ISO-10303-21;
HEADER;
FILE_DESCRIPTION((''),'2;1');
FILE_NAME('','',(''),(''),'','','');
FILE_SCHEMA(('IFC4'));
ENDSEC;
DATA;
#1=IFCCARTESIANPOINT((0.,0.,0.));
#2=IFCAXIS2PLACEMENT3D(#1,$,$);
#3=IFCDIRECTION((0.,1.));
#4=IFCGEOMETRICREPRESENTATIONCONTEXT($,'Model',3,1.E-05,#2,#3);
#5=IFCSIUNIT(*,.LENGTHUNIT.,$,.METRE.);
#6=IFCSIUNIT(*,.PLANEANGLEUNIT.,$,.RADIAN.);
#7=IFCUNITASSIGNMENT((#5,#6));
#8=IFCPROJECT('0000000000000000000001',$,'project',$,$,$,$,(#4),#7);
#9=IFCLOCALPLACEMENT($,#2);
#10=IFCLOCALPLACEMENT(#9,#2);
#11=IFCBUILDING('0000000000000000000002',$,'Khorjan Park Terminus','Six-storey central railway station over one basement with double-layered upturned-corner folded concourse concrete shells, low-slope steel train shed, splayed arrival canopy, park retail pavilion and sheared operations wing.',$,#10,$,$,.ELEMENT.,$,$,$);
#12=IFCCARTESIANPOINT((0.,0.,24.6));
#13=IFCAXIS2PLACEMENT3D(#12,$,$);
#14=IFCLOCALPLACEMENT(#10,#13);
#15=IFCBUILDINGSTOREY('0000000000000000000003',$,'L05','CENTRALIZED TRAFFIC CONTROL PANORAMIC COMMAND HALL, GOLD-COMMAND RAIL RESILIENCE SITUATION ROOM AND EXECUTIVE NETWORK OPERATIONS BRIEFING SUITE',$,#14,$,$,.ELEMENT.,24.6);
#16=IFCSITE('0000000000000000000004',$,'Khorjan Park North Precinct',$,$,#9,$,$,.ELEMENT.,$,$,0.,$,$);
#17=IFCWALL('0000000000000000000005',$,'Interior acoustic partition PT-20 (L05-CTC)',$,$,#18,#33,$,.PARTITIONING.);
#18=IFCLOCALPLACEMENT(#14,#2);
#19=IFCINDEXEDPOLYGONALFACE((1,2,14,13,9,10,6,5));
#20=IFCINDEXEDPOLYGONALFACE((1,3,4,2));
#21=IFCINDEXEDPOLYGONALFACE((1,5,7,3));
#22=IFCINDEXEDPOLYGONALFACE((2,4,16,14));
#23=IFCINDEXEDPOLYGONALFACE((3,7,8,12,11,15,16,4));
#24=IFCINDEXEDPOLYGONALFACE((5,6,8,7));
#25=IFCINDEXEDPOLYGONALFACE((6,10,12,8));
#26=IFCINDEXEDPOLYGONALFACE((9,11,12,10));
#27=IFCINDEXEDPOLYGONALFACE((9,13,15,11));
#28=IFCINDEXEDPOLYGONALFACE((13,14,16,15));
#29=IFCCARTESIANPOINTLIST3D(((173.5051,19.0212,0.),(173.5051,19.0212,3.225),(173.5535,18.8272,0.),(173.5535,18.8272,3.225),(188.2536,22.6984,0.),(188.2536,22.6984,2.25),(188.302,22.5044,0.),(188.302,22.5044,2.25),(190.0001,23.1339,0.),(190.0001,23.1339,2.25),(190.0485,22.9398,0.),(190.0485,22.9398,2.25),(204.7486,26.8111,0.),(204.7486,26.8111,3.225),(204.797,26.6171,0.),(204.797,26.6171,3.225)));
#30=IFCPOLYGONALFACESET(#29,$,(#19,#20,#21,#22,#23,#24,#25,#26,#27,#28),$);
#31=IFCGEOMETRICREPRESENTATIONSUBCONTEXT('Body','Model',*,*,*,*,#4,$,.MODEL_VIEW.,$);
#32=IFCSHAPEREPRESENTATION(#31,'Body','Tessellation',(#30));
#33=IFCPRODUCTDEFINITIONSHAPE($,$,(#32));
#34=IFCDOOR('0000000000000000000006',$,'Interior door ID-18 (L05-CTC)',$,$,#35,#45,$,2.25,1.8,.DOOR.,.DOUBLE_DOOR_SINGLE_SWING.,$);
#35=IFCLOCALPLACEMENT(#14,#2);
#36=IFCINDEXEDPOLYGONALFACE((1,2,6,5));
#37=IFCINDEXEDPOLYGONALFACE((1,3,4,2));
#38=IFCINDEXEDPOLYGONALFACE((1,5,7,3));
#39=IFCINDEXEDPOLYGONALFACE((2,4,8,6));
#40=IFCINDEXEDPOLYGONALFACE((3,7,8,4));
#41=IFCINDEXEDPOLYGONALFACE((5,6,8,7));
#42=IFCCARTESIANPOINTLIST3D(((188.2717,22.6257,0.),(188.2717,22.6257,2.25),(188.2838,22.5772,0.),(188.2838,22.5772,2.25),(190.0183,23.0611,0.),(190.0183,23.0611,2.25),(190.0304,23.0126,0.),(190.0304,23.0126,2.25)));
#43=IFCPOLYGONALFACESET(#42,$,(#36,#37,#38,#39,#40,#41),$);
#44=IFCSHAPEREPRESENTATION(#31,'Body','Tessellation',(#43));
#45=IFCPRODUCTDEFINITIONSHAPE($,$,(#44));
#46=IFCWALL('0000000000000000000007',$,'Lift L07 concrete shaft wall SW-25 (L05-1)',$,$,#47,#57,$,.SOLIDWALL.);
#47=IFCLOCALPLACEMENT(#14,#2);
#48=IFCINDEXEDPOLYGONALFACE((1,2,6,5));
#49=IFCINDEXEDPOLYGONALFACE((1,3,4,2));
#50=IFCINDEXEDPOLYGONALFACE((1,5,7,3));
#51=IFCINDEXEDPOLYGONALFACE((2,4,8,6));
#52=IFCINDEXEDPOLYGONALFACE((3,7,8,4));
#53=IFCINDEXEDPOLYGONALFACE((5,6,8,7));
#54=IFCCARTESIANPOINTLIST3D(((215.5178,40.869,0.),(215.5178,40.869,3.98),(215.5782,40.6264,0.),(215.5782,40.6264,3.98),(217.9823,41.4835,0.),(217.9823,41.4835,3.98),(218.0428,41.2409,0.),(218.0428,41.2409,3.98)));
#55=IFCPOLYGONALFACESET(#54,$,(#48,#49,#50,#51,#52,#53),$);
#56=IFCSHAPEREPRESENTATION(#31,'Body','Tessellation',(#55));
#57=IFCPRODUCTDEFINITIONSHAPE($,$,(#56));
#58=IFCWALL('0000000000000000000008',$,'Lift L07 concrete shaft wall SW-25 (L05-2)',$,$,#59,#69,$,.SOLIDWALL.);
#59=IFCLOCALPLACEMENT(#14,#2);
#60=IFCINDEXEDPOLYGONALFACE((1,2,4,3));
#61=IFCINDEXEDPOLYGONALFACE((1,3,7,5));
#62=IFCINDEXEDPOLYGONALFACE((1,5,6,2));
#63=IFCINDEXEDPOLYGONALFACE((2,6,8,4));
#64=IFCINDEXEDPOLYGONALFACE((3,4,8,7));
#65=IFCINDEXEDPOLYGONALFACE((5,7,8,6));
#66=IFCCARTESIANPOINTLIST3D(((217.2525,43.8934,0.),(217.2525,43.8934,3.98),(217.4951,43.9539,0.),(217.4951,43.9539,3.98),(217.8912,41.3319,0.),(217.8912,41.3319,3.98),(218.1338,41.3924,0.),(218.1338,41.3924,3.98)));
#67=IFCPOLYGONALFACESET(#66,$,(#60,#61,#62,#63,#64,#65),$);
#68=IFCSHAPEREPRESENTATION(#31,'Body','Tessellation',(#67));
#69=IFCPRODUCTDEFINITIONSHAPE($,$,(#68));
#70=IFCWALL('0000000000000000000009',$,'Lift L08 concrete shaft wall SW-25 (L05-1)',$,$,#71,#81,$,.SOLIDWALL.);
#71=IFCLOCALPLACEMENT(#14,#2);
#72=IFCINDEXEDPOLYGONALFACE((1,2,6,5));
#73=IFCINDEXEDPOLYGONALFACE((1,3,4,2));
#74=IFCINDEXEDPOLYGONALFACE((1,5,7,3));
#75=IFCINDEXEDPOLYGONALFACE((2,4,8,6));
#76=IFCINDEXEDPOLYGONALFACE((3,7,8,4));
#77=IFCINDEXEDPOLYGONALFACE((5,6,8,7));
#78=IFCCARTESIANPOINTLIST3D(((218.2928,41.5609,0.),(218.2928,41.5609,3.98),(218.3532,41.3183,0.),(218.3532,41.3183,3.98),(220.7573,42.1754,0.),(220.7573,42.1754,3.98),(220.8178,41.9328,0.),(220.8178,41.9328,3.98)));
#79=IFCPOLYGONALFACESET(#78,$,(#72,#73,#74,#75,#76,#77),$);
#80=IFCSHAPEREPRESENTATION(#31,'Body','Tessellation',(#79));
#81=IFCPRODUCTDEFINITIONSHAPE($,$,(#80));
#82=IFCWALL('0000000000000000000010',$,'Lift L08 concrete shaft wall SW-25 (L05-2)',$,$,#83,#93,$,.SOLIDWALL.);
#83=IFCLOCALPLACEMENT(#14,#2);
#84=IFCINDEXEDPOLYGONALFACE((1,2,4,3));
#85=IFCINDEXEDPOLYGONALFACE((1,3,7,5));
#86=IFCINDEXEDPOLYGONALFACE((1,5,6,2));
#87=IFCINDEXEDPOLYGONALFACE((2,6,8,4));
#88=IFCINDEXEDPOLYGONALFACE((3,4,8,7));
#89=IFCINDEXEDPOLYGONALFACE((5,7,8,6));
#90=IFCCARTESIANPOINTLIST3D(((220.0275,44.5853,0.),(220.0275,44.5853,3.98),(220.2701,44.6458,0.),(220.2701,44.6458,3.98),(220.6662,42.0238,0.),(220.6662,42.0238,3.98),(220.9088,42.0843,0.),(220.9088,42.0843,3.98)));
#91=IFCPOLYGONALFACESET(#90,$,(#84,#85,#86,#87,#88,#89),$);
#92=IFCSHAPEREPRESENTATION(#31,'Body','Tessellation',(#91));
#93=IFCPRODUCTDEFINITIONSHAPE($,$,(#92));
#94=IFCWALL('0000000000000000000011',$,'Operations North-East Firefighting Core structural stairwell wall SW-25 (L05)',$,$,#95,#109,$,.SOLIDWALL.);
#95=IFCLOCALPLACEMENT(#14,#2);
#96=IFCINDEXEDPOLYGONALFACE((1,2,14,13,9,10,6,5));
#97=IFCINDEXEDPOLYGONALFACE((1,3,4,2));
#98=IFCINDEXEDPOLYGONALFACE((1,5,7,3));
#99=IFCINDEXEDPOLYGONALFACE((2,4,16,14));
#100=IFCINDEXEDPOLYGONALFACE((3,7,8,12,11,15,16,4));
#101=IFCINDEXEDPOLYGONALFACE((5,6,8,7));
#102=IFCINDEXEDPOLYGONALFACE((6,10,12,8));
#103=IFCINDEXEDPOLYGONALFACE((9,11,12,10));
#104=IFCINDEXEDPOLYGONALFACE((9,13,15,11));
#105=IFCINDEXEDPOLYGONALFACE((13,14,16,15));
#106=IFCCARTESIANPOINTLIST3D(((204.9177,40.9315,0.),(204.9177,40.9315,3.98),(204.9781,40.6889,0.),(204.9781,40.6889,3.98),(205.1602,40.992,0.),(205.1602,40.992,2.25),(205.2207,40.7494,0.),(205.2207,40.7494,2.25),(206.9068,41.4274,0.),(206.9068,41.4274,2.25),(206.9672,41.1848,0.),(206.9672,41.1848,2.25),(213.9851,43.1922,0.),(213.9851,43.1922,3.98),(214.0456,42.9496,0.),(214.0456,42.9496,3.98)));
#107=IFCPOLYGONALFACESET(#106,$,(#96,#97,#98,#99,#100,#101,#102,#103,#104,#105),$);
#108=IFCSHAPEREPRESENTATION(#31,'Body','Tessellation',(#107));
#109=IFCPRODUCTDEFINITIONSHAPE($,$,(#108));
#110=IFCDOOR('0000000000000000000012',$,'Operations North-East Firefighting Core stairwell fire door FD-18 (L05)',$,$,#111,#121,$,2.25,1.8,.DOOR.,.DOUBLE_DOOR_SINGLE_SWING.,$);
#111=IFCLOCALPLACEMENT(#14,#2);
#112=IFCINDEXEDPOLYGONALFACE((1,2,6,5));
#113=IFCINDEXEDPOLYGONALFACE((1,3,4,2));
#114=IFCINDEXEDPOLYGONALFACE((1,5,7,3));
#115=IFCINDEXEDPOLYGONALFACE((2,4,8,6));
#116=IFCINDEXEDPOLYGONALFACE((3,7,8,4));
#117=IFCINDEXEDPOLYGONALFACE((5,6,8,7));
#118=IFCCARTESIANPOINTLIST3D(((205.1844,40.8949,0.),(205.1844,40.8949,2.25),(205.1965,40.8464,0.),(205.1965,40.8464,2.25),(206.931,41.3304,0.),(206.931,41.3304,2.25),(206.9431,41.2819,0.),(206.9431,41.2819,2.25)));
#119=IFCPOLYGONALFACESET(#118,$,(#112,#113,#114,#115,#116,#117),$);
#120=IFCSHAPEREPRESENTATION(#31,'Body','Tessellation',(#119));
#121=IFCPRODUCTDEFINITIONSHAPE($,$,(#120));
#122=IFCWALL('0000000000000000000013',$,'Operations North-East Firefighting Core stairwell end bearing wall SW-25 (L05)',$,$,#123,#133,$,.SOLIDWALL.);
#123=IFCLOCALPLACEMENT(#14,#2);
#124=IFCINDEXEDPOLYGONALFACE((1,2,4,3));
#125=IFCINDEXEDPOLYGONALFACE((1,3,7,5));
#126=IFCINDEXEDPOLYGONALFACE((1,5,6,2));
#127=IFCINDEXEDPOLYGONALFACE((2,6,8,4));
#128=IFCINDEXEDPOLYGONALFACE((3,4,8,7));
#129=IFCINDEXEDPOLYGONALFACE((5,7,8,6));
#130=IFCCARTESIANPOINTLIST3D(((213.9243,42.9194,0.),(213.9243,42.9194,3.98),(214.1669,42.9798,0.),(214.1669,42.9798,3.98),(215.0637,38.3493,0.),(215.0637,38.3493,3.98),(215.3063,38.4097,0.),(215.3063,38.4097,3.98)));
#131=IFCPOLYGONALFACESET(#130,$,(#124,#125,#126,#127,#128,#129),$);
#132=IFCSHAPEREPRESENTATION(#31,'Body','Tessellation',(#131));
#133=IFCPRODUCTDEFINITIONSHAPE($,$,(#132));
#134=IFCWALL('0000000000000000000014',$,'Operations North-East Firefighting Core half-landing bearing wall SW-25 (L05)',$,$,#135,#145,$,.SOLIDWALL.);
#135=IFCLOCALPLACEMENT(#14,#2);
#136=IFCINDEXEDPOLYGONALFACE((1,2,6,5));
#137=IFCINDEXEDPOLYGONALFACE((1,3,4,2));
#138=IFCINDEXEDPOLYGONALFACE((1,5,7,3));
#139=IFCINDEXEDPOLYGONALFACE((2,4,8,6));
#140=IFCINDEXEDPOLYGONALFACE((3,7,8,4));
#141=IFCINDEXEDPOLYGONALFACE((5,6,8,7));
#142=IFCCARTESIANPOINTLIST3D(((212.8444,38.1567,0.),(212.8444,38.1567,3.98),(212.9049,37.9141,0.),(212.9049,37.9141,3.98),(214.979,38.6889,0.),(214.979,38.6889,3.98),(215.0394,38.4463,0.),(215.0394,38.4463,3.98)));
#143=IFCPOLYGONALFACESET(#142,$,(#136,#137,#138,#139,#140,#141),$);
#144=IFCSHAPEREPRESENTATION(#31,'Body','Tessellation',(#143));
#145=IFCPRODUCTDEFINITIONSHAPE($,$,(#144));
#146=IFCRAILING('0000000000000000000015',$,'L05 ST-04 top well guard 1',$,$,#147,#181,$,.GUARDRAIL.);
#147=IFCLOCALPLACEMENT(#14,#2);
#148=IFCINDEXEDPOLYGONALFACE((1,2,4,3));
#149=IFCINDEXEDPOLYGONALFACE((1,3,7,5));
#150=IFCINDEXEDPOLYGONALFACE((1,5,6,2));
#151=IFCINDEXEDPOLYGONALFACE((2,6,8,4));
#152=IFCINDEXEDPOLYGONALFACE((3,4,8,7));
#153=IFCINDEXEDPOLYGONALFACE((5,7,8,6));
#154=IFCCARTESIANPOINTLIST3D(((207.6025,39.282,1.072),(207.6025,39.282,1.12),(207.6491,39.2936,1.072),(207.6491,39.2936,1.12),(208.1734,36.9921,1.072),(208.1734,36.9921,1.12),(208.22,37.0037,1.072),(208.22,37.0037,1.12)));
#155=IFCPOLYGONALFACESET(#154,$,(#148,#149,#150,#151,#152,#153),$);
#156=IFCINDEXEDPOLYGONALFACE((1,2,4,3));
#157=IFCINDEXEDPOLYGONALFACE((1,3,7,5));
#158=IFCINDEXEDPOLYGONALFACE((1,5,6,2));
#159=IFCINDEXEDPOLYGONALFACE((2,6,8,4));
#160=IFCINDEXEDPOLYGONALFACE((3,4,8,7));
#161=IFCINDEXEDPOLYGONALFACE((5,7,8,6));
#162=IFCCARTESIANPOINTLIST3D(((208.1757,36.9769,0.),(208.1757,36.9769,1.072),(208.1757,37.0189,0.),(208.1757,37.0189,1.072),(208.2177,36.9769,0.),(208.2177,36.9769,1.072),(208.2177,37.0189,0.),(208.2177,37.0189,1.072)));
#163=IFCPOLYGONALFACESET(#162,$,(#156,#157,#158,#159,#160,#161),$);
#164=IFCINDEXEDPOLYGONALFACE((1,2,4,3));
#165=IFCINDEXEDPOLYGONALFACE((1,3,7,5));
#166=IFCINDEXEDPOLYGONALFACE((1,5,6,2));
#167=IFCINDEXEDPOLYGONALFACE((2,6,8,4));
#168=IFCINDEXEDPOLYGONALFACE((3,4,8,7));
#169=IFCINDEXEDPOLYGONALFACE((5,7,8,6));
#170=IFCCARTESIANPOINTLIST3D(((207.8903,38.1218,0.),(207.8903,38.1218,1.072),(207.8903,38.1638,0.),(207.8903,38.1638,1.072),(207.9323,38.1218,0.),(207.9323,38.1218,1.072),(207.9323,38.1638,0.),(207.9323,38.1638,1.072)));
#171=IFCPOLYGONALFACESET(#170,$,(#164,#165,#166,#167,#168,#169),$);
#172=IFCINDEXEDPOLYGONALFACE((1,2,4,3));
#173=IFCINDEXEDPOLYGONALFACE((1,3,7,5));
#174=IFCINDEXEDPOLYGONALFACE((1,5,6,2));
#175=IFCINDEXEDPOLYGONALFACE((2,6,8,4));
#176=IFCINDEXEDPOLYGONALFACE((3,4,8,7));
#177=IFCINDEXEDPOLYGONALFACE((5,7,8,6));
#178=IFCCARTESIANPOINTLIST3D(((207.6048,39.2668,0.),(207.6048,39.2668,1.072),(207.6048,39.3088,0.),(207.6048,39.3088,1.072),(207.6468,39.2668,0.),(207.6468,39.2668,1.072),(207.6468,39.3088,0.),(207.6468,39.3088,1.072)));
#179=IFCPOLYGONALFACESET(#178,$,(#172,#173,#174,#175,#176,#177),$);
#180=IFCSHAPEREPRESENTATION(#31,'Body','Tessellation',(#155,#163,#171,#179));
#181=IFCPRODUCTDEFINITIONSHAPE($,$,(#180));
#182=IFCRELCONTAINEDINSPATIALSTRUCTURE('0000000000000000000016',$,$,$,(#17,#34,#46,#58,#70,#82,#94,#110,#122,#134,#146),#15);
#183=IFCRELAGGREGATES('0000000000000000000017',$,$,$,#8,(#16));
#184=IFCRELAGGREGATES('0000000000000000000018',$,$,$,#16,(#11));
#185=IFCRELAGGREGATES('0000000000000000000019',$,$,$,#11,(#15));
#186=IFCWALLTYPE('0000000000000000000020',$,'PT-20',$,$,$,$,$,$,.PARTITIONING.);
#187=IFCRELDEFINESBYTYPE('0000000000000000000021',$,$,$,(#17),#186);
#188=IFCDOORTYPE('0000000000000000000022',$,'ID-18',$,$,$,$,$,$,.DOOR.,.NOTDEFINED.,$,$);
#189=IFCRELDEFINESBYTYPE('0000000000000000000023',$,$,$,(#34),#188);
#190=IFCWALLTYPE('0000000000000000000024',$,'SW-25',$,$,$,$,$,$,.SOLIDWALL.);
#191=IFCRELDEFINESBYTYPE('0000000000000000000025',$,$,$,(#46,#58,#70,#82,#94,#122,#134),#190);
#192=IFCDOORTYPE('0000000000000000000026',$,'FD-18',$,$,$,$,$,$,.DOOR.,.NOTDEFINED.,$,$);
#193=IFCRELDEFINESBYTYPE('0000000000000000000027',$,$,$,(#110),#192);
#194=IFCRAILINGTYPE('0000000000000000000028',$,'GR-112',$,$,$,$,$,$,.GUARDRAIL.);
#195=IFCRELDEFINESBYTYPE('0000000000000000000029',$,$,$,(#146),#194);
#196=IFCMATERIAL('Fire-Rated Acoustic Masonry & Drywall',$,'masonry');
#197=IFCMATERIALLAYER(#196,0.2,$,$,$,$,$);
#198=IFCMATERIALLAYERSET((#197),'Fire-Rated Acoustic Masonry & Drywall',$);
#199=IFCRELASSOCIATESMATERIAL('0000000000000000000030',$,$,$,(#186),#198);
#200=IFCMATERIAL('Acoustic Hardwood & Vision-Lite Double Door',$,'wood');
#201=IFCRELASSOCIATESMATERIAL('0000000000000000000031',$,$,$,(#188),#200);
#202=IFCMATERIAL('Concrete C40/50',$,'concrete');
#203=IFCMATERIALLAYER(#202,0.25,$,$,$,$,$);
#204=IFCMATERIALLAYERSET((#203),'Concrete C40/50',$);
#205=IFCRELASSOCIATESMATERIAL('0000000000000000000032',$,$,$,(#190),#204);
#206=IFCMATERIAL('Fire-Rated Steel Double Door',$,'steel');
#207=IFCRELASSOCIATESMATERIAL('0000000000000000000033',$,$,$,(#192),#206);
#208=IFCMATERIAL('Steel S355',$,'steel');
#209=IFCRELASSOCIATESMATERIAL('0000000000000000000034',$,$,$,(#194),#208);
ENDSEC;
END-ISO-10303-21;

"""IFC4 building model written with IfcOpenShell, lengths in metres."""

from ifc_helpers import new_model, si_unit, direction, frame, frame_2d, origin, origin_2d, place, context, subcontext, project, spatial, rectangle, extrude, material, layer, layer_set, type_object, element, fill, save


model = new_model("IFC4")

# Units and contexts
model_context = context("Model", 3, precision=1e-05, world=origin(), true_north=direction((0.0, 1.0)))
body_context = subcontext(model_context, "Body", "Model", "MODEL_VIEW")
ifc_project = project(units=[si_unit("LENGTHUNIT", "METRE"), si_unit("PLANEANGLEUNIT", "RADIAN")], contexts=[model_context])

# Site, building, storey
site_placement = place(None, origin())
site = spatial("IfcSite", under=ifc_project, at=site_placement, Name="Khorjan Park North Precinct", CompositionType="ELEMENT", RefElevation=0.0)
building_placement = place(site_placement, origin())
building = spatial("IfcBuilding", under=site, at=building_placement, Name="Khorjan Park Terminus", Description="Six-storey central railway station over one basement with double-layered upturned-corner folded concourse concrete shells, low-slope steel train shed, splayed arrival canopy, park retail pavilion and sheared operations wing.", CompositionType="ELEMENT")
storey_placement = place(building_placement, frame((0.0, 0.0, 24.6)))
storey = spatial("IfcBuildingStorey", under=building, at=storey_placement, Name="L05", Description="CENTRALIZED TRAFFIC CONTROL PANORAMIC COMMAND HALL, GOLD-COMMAND RAIL RESILIENCE SITUATION ROOM AND EXECUTIVE NETWORK OPERATIONS BRIEFING SUITE", CompositionType="ELEMENT", Elevation=24.6)

# Shared definitions
ifc_material_1 = material(Name="Steel S355", Category="steel")
ifc_material_2 = material(Name="Concrete C40/50", Category="concrete")

# Shared definitions
ifc_material_3 = material(Name="Fire-Rated Acoustic Masonry & Drywall", Category="masonry")
ifc_layer_1 = layer(ifc_material_3, 0.2)
ifc_layer_set_1 = layer_set([ifc_layer_1], Name="Fire-Rated Acoustic Masonry & Drywall")
wall_type_1 = type_object("IfcWallType", Name="PT-20", PredefinedType="PARTITIONING", material=ifc_layer_set_1)

# Wall, opening, door
wall_1_placement = place(storey_placement, frame((204.7728, 26.7141, 0.0), z_axis=(0.0, 0.0, 1.0), x_axis=(-0.970296, -0.241922, 0.0)))
wall_1 = element("IfcWall", 1, at=wall_1_placement, inside=storey, type_object=wall_type_1, Name="Interior acoustic partition PT-20 (L05-CTC)", PredefinedType="PARTITIONING", context=body_context, shape_type="SweptSolid", body=[
    extrude(rectangle(XDim=32.2, YDim=0.2, at=frame_2d((16.1, 0.0))), origin(), (0.0, 0.0, 1.0), 3.225),
])
opening_1_placement = place(wall_1_placement, frame((15.2, 0.0, 0.0)))
opening_1 = element("IfcOpeningElement", 2, at=opening_1_placement, cuts=wall_1, PredefinedType="OPENING", context=body_context, shape_type="SweptSolid", body=[
    extrude(rectangle(XDim=1.8, YDim=2.25, at=frame_2d((0.9, 1.125))), frame((0.0, 0.11, 0.0), z_axis=(0.0, -1.0, 0.0), x_axis=(1.0, 0.0, 0.0)), (0.0, 0.0, 1.0), 0.22),
])
ifc_material_4 = material(Name="Acoustic Hardwood & Vision-Lite Double Door", Category="wood")
door_type_1 = type_object("IfcDoorType", Name="ID-18", OperationType="NOTDEFINED", PredefinedType="DOOR", material=ifc_material_4)
door_1_placement = place(opening_1_placement, origin())
door_1 = element("IfcDoor", 3, at=door_1_placement, inside=storey, type_object=door_type_1, Name="Interior door ID-18 (L05-CTC)", OperationType="DOUBLE_DOOR_SINGLE_SWING", OverallHeight=2.25, OverallWidth=1.8, PredefinedType="DOOR", context=body_context, shape_type="SweptSolid", body=[
    extrude(rectangle(XDim=1.8, YDim=2.25, at=frame_2d((0.9, 1.125))), frame((0.0, 0.025, 0.0), z_axis=(0.0, -1.0, 0.0), x_axis=(1.0, 0.0, 0.0)), (0.0, 0.0, 1.0), 0.05),
])
fill(opening_1, door_1)

# Walls
ifc_layer_2 = layer(ifc_material_2, 0.25)
ifc_layer_set_2 = layer_set([ifc_layer_2], Name="Concrete C40/50")
wall_type_2 = type_object("IfcWallType", Name="SW-25", PredefinedType="SOLIDWALL", material=ifc_layer_set_2)
wall_2_placement = place(storey_placement, frame((215.548, 40.7477, 0.0), z_axis=(0.0, 0.0, 1.0), x_axis=(0.970293, 0.241933, 0.0)))
element("IfcWall", 4, at=wall_2_placement, inside=storey, type_object=wall_type_2, Name="Lift L07 concrete shaft wall SW-25 (L05-1)", PredefinedType="SOLIDWALL", context=body_context, shape_type="SweptSolid", body=[
    extrude(rectangle(XDim=2.54, YDim=0.25, at=frame_2d((1.27, 0.0))), origin(), (0.0, 0.0, 1.0), 3.98),
])
wall_3_placement = place(storey_placement, frame((218.0125, 41.3622, 0.0), z_axis=(0.0, 0.0, 1.0), x_axis=(-0.241938, 0.970292, 0.0)))
element("IfcWall", 5, at=wall_3_placement, inside=storey, type_object=wall_type_2, Name="Lift L07 concrete shaft wall SW-25 (L05-2)", PredefinedType="SOLIDWALL", context=body_context, shape_type="SweptSolid", body=[
    extrude(rectangle(XDim=2.6399, YDim=0.25, at=frame_2d((1.3199, 0.0))), origin(), (0.0, 0.0, 1.0), 3.98),
])
wall_4_placement = place(storey_placement, frame((218.323, 41.4396, 0.0), z_axis=(0.0, 0.0, 1.0), x_axis=(0.970293, 0.241933, 0.0)))
element("IfcWall", 6, at=wall_4_placement, inside=storey, type_object=wall_type_2, Name="Lift L08 concrete shaft wall SW-25 (L05-1)", PredefinedType="SOLIDWALL", context=body_context, shape_type="SweptSolid", body=[
    extrude(rectangle(XDim=2.54, YDim=0.25, at=frame_2d((1.27, 0.0))), origin(), (0.0, 0.0, 1.0), 3.98),
])
wall_5_placement = place(storey_placement, frame((220.7875, 42.0541, 0.0), z_axis=(0.0, 0.0, 1.0), x_axis=(-0.241938, 0.970292, 0.0)))
element("IfcWall", 7, at=wall_5_placement, inside=storey, type_object=wall_type_2, Name="Lift L08 concrete shaft wall SW-25 (L05-2)", PredefinedType="SOLIDWALL", context=body_context, shape_type="SweptSolid", body=[
    extrude(rectangle(XDim=2.6399, YDim=0.25, at=frame_2d((1.3199, 0.0))), origin(), (0.0, 0.0, 1.0), 3.98),
])

# Wall, opening, door
wall_6_placement = place(storey_placement, frame((204.9479, 40.8102, 0.0), z_axis=(0.0, 0.0, 1.0), x_axis=(0.970297, 0.241916, 0.0)))
wall_6 = element("IfcWall", 8, at=wall_6_placement, inside=storey, type_object=wall_type_2, Name="Operations North-East Firefighting Core structural stairwell wall SW-25 (L05)", PredefinedType="SOLIDWALL", context=body_context, shape_type="SweptSolid", body=[
    extrude(rectangle(XDim=9.345, YDim=0.25, at=frame_2d((4.6725, 0.0))), origin(), (0.0, 0.0, 1.0), 3.98),
])
opening_2_placement = place(wall_6_placement, frame((0.25, 0.0, 0.0)))
opening_2 = element("IfcOpeningElement", 9, at=opening_2_placement, cuts=wall_6, PredefinedType="OPENING", context=body_context, shape_type="SweptSolid", body=[
    extrude(rectangle(XDim=1.8, YDim=2.25, at=frame_2d((0.9, 1.125))), frame((0.0, 0.135, 0.0), z_axis=(0.0, -1.0, 0.0), x_axis=(1.0, 0.0, 0.0)), (0.0, 0.0, 1.0), 0.27),
])
ifc_material_5 = material(Name="Fire-Rated Steel Double Door", Category="steel")
door_type_2 = type_object("IfcDoorType", Name="FD-18", OperationType="NOTDEFINED", PredefinedType="DOOR", material=ifc_material_5)
door_2_placement = place(opening_2_placement, origin())
door_2 = element("IfcDoor", 10, at=door_2_placement, inside=storey, type_object=door_type_2, Name="Operations North-East Firefighting Core stairwell fire door FD-18 (L05)", OperationType="DOUBLE_DOOR_SINGLE_SWING", OverallHeight=2.25, OverallWidth=1.8, PredefinedType="DOOR", context=body_context, shape_type="SweptSolid", body=[
    extrude(rectangle(XDim=1.8, YDim=2.25, at=frame_2d((0.9, 1.125))), frame((0.0, 0.025, 0.0), z_axis=(0.0, -1.0, 0.0), x_axis=(1.0, 0.0, 0.0)), (0.0, 0.0, 1.0), 0.05),
])
fill(opening_2, door_2)

# Walls
wall_7_placement = place(storey_placement, frame((215.185, 38.3795, 0.0), z_axis=(0.0, 0.0, 1.0), x_axis=(-0.241911, 0.970298, 0.0)))
element("IfcWall", 11, at=wall_7_placement, inside=storey, type_object=wall_type_2, Name="Operations North-East Firefighting Core stairwell end bearing wall SW-25 (L05)", PredefinedType="SOLIDWALL", context=body_context, shape_type="SweptSolid", body=[
    extrude(rectangle(XDim=4.71, YDim=0.25, at=frame_2d((2.355, 0.0))), origin(), (0.0, 0.0, 1.0), 3.98),
])
wall_8_placement = place(storey_placement, frame((212.8747, 38.0354, 0.0), z_axis=(0.0, 0.0, 1.0), x_axis=(0.970297, 0.241915, 0.0)))
element("IfcWall", 12, at=wall_8_placement, inside=storey, type_object=wall_type_2, Name="Operations North-East Firefighting Core half-landing bearing wall SW-25 (L05)", PredefinedType="SOLIDWALL", context=body_context, shape_type="SweptSolid", body=[
    extrude(rectangle(XDim=2.1999, YDim=0.25, at=frame_2d((1.0999, 0.0))), origin(), (0.0, 0.0, 1.0), 3.98),
])

# Railing
railing_type = type_object("IfcRailingType", Name="GR-112", PredefinedType="GUARDRAIL", material=ifc_material_1)
railing_1_placement = place(storey_placement, frame((208.1967, 36.9979, 0.0)))
element("IfcRailing", 13, at=railing_1_placement, inside=storey, type_object=railing_type, Name="L05 ST-04 top well guard 1", PredefinedType="GUARDRAIL", context=body_context, shape_type="SweptSolid", body=[
    extrude(rectangle(XDim=0.048, YDim=0.048, at=origin_2d()), frame((0.0, 0.0, 1.096), z_axis=(-0.241907, 0.970299, 0.0), x_axis=(-0.970299, -0.241907, 0.0)), (0.0, 0.0, 1.0), 2.36),
    extrude(rectangle(XDim=0.042, YDim=0.042, at=origin_2d()), origin(), (0.0, 0.0, 1.0), 1.072),
    extrude(rectangle(XDim=0.042, YDim=0.042, at=origin_2d()), frame((-0.2854, 1.1449, 0.0)), (0.0, 0.0, 1.0), 1.072),
    extrude(rectangle(XDim=0.042, YDim=0.042, at=origin_2d()), frame((-0.5709, 2.2899, 0.0)), (0.0, 0.0, 1.0), 1.072),
])

save(model, "model.ifc")
